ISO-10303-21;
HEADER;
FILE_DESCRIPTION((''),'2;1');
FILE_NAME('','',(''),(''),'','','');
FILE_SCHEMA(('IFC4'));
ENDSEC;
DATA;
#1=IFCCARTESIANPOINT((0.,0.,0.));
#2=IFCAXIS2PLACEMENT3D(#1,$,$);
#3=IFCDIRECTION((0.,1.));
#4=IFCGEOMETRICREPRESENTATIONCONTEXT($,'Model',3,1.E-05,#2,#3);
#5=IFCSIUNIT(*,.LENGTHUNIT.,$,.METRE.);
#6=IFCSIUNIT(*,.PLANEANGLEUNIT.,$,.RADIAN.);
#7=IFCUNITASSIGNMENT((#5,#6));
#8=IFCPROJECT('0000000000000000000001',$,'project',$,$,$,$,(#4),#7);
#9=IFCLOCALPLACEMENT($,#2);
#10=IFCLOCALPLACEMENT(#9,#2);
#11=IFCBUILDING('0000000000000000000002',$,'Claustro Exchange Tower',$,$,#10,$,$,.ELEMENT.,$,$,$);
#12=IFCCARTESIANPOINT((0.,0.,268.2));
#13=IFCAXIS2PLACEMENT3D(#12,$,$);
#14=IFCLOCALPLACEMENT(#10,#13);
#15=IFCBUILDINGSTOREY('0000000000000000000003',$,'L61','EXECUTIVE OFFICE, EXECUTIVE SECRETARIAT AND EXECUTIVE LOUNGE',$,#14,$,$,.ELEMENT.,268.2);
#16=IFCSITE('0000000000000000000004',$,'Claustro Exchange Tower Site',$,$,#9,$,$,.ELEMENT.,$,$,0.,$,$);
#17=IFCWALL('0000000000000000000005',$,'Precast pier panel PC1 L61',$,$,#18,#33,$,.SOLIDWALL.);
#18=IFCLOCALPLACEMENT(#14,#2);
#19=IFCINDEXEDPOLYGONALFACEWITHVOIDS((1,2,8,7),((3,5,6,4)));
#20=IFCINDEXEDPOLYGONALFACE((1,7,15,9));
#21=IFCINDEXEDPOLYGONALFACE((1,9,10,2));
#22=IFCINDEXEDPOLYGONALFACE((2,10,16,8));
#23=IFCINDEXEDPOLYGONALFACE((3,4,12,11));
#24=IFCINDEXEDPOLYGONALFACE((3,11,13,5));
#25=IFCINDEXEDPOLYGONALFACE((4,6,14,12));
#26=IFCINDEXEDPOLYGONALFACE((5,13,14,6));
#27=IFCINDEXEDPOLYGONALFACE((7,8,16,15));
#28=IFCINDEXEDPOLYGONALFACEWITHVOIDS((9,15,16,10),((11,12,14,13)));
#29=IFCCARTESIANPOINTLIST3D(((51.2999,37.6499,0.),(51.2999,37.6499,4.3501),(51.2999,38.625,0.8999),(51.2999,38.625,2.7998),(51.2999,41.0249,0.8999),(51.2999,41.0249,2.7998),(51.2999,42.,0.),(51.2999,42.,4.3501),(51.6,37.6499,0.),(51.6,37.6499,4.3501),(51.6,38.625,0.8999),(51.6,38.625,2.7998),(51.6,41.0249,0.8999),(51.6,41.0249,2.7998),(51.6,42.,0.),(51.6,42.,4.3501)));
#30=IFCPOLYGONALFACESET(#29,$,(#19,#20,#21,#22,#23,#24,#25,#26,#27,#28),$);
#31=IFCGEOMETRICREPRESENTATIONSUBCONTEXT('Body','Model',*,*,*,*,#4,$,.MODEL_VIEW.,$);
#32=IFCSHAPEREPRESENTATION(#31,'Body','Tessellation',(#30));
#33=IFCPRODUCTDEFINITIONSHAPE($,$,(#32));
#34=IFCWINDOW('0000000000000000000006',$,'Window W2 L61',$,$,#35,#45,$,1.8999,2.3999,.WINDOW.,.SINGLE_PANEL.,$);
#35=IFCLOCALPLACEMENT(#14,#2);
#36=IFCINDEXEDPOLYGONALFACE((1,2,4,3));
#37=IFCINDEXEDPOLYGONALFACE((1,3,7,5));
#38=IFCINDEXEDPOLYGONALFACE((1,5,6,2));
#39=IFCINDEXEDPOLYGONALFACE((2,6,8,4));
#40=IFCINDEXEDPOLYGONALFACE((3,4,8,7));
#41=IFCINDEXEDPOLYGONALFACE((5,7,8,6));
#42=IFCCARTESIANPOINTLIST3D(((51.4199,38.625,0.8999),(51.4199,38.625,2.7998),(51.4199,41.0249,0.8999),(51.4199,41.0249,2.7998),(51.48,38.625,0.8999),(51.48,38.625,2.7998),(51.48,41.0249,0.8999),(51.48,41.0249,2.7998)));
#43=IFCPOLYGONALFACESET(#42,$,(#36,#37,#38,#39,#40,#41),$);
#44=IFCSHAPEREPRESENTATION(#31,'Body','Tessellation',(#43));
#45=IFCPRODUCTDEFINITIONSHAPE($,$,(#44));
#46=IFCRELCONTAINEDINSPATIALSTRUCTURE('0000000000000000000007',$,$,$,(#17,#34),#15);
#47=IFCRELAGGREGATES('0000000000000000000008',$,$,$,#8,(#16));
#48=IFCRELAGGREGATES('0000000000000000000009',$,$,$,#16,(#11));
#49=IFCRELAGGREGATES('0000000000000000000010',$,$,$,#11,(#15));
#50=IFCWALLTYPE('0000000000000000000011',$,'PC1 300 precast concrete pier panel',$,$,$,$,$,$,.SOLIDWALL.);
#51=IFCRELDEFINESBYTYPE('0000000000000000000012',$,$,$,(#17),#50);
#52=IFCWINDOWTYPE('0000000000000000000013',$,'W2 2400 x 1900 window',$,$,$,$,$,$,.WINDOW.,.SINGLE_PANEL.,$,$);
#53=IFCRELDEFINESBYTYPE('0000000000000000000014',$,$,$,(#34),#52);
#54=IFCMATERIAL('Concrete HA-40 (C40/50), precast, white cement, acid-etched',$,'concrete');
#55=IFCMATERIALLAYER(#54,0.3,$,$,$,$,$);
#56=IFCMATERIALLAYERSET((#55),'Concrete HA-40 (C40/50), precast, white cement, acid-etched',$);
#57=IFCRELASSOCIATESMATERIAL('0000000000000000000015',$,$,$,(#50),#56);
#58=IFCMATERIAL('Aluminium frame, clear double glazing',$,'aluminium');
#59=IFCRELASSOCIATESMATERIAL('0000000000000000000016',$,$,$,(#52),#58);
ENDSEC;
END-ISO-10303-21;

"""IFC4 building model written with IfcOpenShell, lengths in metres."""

from ifc_helpers import new_model, si_unit, direction, frame, frame_2d, origin, place, context, subcontext, project, spatial, rectangle, extrude, material, layer, layer_set, type_object, element, fill, save


model = new_model("IFC4")

# Units and contexts
model_context = context("Model", 3, precision=1e-05, world=origin(), true_north=direction((0.0, 1.0)))
body_context = subcontext(model_context, "Body", "Model", "MODEL_VIEW")
ifc_project = project(units=[si_unit("LENGTHUNIT", "METRE"), si_unit("PLANEANGLEUNIT", "RADIAN")], contexts=[model_context])

# Site, building, storey
site_placement = place(None, origin())
site = spatial("IfcSite", under=ifc_project, at=site_placement, Name="Claustro Exchange Tower Site", CompositionType="ELEMENT", RefElevation=0.0)
building_placement = place(site_placement, origin())
building = spatial("IfcBuilding", under=site, at=building_placement, Name="Claustro Exchange Tower", CompositionType="ELEMENT")
storey_placement = place(building_placement, frame((0.0, 0.0, 268.2)))
storey = spatial("IfcBuildingStorey", under=building, at=storey_placement, Name="L61", Description="EXECUTIVE OFFICE, EXECUTIVE SECRETARIAT AND EXECUTIVE LOUNGE", CompositionType="ELEMENT", Elevation=268.2)

# Shared definitions
ifc_material_1 = material(Name="Concrete HA-40 (C40/50), precast, white cement, acid-etched", Category="concrete")
ifc_layer_1 = layer(ifc_material_1, 0.3)
ifc_layer_set_1 = layer_set([ifc_layer_1], Name="Concrete HA-40 (C40/50), precast, white cement, acid-etched")
wall_type_1 = type_object("IfcWallType", Name="PC1 300 precast concrete pier panel", PredefinedType="SOLIDWALL", material=ifc_layer_set_1)

# Wall, opening, window
wall_1_placement = place(storey_placement, frame((51.45, 42.0, 0.0), z_axis=(0.0, 0.0, 1.0), x_axis=(0.0, -1.0, 0.0)))
wall_1 = element("IfcWall", 1, at=wall_1_placement, inside=storey, type_object=wall_type_1, Name="Precast pier panel PC1 L61", PredefinedType="SOLIDWALL", context=body_context, shape_type="SweptSolid", body=[
    extrude(rectangle(XDim=4.3501, YDim=0.3, at=frame_2d((2.175, 0.0))), origin(), (0.0, 0.0, 1.0), 4.3501),
])
opening_1_placement = place(wall_1_placement, frame((0.9751, 0.0, 0.8999)))
opening_1 = element("IfcOpeningElement", 2, at=opening_1_placement, cuts=wall_1, PredefinedType="OPENING", context=body_context, shape_type="SweptSolid", body=[
    extrude(rectangle(XDim=2.3999, YDim=1.8999, at=frame_2d((1.2, 0.95))), frame((0.0, 0.1599, 0.0), z_axis=(0.0, -1.0, 0.0), x_axis=(1.0, 0.0, 0.0)), (0.0, 0.0, 1.0), 0.3201),
])
ifc_material_2 = material(Name="Aluminium frame, clear double glazing", Category="aluminium")
window_type_1 = type_object("IfcWindowType", Name="W2 2400 x 1900 window", PartitioningType="SINGLE_PANEL", PredefinedType="WINDOW", material=ifc_material_2)
window_1_placement = place(opening_1_placement, origin())
window_1 = element("IfcWindow", 3, at=window_1_placement, inside=storey, type_object=window_type_1, Name="Window W2 L61", OverallHeight=1.8999, OverallWidth=2.3999, PartitioningType="SINGLE_PANEL", PredefinedType="WINDOW", context=body_context, shape_type="SweptSolid", body=[
    extrude(rectangle(XDim=2.3999, YDim=1.8999, at=frame_2d((1.2, 0.95))), frame((0.0, 0.03, 0.0), z_axis=(0.0, -1.0, 0.0), x_axis=(1.0, 0.0, 0.0)), (0.0, 0.0, 1.0), 0.0601),
])
fill(opening_1, window_1)

save(model, "model.ifc")
